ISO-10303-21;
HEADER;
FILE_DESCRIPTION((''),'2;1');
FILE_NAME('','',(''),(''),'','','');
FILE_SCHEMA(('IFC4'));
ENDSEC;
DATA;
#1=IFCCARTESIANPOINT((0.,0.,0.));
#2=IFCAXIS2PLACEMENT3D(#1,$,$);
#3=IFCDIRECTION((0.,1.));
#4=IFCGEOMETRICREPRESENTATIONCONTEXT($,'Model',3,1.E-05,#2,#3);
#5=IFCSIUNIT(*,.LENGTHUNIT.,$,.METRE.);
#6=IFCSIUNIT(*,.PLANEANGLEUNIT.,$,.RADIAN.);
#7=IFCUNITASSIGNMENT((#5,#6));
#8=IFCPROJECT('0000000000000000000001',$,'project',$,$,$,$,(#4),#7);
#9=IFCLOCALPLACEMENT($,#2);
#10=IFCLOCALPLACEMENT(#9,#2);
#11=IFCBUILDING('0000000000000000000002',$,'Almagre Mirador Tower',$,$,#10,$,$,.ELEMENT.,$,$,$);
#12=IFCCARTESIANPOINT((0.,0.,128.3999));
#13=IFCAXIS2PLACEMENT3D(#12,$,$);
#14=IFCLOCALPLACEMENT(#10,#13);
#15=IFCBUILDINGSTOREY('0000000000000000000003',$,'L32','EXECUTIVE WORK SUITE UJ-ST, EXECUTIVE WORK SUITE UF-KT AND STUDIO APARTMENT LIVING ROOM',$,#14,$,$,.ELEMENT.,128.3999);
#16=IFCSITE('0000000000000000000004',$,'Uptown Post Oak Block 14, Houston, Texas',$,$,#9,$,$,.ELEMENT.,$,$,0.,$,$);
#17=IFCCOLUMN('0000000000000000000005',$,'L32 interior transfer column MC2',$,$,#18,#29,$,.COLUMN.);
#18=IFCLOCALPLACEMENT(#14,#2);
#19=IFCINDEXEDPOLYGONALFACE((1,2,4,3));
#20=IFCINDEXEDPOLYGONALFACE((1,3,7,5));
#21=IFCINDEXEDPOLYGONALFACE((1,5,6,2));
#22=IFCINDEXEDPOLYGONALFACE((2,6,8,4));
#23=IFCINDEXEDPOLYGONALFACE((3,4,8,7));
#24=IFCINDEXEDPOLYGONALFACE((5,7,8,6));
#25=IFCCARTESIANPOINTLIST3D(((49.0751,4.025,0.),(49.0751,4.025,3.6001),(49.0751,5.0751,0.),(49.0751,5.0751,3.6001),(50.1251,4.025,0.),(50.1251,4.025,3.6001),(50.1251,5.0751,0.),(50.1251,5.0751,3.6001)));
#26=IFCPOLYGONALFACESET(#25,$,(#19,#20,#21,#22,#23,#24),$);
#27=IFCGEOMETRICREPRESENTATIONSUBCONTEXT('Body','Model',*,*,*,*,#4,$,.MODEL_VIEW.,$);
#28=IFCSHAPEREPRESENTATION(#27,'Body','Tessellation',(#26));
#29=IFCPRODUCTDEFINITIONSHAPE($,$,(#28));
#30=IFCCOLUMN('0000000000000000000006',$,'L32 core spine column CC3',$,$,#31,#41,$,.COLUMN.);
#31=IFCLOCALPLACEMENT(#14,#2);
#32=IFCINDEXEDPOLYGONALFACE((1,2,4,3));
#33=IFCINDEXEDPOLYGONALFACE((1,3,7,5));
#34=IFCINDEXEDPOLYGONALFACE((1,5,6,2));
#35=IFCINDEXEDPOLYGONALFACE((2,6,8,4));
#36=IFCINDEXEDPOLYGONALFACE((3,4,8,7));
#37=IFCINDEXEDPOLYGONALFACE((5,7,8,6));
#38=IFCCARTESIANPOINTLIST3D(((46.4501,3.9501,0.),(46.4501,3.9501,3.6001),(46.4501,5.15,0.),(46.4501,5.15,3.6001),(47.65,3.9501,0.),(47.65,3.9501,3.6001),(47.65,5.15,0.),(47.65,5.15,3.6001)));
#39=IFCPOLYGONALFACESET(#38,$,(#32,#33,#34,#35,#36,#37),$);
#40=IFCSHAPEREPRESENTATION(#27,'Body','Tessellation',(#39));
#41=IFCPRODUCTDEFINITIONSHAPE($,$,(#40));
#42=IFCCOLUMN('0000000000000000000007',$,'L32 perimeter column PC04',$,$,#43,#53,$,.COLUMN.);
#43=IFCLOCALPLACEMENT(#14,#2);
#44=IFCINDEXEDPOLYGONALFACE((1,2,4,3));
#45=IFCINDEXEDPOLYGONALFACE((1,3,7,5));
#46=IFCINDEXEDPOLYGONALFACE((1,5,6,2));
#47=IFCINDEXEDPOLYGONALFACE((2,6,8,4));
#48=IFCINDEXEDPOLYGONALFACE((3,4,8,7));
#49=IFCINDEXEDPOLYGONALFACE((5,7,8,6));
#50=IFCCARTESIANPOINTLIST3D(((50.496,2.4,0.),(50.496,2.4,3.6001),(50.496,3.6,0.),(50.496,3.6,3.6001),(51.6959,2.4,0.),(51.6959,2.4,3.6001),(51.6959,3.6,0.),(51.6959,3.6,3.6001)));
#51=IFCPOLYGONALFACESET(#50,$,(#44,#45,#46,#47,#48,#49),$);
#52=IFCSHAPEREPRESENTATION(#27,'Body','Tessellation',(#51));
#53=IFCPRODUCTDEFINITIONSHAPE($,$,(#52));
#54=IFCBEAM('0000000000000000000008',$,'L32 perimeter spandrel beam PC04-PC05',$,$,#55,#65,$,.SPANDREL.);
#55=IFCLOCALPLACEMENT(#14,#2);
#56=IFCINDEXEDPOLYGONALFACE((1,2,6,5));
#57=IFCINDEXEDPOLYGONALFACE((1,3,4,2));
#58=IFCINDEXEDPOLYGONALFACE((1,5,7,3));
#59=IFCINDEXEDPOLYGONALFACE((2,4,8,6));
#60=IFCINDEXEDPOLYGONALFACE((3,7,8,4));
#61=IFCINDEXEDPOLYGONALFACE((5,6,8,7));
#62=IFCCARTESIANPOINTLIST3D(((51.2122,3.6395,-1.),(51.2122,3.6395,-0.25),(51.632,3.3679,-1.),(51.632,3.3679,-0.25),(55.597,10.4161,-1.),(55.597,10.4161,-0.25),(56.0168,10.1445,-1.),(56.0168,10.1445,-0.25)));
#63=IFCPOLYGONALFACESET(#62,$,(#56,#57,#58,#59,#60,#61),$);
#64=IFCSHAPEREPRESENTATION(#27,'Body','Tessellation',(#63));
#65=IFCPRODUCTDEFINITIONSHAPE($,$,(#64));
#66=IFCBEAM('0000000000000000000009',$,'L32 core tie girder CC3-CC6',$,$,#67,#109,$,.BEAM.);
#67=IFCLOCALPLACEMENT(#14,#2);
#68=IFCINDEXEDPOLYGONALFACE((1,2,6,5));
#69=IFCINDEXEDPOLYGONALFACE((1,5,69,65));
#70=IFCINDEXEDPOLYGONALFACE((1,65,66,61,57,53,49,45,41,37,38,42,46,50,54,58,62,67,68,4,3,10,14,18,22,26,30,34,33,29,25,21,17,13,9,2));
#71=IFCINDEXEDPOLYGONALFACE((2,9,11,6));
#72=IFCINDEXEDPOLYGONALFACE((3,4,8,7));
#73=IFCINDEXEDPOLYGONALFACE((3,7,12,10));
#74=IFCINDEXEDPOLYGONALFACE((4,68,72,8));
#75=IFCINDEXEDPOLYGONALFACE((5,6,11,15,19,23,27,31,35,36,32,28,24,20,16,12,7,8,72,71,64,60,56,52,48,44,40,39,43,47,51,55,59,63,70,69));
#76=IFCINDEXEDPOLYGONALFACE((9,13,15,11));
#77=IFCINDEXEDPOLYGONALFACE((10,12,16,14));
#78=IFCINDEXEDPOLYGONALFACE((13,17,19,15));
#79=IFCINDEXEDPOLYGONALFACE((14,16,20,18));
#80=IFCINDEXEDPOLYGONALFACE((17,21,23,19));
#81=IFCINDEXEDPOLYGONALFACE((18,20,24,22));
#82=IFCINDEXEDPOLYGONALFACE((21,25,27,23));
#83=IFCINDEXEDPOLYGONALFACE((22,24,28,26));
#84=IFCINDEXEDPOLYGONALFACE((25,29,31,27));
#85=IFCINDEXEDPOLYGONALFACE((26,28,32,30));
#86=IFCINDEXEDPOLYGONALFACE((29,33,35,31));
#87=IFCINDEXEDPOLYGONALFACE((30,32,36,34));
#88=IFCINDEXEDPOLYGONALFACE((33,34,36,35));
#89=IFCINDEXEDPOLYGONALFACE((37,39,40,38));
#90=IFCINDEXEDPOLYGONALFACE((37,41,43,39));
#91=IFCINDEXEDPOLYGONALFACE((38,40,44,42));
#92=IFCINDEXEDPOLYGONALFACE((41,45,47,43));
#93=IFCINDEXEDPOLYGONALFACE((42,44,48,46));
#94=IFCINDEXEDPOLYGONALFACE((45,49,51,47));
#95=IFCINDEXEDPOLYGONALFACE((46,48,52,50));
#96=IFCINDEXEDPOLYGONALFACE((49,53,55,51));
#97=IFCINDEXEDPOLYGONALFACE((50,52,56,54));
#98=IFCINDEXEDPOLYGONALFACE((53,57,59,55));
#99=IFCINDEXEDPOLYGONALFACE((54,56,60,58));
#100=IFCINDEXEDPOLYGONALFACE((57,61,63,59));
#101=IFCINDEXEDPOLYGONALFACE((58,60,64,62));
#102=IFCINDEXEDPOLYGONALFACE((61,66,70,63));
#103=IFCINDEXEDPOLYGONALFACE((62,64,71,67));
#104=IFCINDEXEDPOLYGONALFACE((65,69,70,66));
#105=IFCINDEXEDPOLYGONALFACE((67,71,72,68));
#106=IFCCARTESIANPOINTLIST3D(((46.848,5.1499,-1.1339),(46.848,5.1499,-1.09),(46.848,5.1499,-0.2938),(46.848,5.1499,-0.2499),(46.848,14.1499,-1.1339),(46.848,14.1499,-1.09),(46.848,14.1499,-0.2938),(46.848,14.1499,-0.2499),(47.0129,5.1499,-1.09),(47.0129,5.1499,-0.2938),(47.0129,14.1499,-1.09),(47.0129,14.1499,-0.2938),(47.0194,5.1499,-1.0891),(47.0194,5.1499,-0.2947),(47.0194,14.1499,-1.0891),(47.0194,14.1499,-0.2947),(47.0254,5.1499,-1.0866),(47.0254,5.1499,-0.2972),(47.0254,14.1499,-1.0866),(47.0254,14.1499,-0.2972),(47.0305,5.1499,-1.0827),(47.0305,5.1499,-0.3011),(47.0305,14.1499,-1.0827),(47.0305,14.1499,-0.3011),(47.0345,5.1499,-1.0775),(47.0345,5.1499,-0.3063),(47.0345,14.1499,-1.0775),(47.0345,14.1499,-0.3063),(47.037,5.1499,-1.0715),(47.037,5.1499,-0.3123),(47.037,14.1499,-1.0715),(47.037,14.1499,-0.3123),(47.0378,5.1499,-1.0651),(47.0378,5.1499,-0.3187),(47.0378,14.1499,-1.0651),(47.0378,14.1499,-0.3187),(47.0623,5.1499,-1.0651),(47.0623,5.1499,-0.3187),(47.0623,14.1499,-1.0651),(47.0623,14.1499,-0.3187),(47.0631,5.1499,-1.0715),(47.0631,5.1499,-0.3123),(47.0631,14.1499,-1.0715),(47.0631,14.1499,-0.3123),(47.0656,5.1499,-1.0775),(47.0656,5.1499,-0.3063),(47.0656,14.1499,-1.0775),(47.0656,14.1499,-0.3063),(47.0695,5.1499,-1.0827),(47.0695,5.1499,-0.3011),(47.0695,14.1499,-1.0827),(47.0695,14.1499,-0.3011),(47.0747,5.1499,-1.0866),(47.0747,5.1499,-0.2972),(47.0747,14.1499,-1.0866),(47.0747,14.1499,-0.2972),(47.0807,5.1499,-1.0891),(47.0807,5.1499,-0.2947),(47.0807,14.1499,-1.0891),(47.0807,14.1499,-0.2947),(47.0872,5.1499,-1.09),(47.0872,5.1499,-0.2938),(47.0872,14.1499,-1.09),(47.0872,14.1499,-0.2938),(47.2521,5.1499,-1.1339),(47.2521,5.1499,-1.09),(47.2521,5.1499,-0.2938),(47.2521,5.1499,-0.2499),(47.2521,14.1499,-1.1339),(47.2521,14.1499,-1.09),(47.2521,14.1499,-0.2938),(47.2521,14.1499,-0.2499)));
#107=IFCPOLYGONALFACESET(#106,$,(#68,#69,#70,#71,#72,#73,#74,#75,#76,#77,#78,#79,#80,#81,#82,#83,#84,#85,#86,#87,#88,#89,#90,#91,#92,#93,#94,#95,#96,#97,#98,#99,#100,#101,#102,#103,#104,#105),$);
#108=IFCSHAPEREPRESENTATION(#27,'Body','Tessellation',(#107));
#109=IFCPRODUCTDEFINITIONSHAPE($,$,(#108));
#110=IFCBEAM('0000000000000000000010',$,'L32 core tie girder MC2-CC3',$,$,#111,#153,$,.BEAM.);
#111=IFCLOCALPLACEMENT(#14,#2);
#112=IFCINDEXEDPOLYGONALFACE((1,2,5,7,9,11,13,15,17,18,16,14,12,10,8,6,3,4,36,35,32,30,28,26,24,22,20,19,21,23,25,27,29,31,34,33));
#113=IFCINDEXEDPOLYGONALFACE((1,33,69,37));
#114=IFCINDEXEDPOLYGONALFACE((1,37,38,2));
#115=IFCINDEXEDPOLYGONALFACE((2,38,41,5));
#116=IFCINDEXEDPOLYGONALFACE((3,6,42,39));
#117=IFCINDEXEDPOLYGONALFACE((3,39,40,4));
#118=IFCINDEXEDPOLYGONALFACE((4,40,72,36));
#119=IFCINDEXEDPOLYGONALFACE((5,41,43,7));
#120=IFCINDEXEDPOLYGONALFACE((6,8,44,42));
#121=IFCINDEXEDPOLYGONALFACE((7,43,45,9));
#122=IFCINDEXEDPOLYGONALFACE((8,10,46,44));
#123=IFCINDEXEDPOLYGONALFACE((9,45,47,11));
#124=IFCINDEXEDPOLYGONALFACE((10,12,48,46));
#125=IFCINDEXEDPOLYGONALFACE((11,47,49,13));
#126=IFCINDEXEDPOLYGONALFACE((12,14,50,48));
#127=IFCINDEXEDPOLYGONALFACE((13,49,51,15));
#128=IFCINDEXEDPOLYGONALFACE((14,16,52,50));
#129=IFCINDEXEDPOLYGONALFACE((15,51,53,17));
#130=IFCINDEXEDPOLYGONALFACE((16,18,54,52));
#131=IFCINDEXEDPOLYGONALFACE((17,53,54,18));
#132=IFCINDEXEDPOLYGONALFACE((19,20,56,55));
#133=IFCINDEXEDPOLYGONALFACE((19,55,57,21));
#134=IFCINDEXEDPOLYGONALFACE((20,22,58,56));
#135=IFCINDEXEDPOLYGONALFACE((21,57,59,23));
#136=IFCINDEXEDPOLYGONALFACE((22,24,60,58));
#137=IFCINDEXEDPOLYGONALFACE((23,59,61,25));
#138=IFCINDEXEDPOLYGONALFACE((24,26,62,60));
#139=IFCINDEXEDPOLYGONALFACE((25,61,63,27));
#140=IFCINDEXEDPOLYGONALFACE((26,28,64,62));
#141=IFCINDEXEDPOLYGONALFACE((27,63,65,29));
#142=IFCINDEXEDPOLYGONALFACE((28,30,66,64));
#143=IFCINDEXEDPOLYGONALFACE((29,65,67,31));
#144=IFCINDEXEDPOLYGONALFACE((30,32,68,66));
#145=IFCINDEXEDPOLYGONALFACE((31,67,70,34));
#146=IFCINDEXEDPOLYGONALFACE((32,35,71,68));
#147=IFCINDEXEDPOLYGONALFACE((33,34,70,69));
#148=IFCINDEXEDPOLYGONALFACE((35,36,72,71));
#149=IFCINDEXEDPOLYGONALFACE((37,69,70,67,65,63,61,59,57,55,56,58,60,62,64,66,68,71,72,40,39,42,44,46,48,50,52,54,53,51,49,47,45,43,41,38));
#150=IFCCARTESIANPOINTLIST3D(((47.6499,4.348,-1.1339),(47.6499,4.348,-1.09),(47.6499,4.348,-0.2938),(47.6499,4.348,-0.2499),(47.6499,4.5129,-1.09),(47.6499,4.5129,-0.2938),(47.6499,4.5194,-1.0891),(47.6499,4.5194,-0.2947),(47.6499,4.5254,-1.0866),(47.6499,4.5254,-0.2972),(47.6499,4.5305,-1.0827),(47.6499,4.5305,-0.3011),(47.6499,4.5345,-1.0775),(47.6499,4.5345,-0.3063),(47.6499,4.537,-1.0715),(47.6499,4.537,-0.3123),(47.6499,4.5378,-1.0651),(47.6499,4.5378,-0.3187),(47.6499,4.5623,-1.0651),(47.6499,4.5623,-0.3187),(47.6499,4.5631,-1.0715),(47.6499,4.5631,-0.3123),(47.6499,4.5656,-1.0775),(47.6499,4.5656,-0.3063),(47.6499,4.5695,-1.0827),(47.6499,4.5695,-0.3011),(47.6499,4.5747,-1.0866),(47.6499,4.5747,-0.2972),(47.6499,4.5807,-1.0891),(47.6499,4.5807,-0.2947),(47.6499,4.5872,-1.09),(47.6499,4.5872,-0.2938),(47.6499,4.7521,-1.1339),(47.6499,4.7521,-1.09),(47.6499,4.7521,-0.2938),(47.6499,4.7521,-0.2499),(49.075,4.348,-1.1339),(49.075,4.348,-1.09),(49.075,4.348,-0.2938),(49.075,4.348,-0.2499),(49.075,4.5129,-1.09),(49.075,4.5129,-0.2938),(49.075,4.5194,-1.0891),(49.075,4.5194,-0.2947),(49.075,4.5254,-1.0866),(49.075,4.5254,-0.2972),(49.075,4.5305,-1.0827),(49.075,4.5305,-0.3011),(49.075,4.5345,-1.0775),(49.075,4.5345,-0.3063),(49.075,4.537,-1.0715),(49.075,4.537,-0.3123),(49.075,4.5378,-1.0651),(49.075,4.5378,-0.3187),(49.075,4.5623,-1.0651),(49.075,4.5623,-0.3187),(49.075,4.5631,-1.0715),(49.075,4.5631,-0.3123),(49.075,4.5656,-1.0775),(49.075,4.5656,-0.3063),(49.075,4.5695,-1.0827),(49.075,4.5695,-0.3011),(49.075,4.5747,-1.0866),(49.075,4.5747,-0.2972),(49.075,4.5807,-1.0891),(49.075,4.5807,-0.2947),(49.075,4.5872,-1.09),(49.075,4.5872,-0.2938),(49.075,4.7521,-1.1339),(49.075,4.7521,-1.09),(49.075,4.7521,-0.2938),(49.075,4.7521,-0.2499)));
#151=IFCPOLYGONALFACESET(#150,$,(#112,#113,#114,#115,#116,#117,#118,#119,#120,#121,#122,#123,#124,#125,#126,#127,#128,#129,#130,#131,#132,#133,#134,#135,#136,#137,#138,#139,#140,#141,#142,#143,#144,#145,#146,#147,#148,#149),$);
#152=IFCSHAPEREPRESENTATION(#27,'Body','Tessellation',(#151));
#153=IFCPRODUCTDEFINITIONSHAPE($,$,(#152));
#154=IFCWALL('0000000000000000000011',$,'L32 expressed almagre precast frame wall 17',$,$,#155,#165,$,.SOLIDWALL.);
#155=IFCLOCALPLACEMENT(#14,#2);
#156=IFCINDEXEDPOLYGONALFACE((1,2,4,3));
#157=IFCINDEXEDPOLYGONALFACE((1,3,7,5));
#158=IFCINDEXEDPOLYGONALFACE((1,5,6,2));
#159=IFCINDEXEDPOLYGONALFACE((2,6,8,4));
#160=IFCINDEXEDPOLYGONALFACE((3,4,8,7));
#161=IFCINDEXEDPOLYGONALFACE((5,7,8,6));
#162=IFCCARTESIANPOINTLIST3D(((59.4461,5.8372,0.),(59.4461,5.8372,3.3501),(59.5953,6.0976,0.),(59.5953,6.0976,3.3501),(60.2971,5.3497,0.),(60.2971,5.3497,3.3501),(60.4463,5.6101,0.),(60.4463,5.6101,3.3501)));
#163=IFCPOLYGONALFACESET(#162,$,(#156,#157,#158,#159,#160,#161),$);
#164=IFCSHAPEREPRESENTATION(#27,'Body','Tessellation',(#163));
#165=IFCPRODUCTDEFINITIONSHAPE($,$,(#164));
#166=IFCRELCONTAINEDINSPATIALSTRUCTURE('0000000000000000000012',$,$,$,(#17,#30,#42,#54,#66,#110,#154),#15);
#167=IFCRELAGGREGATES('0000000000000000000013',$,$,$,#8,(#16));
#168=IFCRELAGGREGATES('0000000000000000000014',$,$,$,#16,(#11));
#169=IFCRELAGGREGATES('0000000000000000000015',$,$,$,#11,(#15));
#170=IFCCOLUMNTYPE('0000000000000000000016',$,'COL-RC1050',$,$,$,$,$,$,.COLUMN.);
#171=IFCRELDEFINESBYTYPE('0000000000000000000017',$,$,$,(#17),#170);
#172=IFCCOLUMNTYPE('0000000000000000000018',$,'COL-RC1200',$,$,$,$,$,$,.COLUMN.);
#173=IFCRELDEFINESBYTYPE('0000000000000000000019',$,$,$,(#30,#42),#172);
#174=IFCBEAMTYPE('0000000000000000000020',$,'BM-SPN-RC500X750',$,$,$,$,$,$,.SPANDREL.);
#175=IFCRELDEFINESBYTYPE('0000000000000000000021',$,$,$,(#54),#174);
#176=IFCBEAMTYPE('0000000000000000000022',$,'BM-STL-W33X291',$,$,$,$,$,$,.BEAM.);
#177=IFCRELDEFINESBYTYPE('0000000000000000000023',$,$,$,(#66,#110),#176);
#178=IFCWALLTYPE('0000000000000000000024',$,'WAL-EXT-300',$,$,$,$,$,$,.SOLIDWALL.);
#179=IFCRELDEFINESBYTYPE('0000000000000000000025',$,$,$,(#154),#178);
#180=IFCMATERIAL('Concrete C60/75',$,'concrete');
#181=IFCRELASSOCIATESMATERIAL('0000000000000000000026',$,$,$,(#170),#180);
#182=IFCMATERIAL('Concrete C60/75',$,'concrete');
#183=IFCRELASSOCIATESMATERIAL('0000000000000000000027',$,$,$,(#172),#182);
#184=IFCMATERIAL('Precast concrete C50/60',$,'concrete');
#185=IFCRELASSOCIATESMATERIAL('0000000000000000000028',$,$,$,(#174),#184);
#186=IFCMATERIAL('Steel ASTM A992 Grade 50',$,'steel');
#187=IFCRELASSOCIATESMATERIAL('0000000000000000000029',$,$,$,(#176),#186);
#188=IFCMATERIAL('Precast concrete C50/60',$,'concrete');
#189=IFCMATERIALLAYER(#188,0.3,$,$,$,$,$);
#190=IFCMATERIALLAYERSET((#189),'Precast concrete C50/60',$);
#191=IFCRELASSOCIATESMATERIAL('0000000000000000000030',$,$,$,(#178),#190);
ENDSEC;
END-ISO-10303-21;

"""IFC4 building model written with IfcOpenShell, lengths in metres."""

from ifc_helpers import new_model, si_unit, direction, frame, frame_2d, origin, origin_2d, place, context, subcontext, project, spatial, rectangle, i_section, extrude, material, layer, layer_set, material_profile, profile_set, type_object, element, save


model = new_model("IFC4")

# Units and contexts
model_context = context("Model", 3, precision=1e-05, world=origin(), true_north=direction((0.0, 1.0)))
body_context = subcontext(model_context, "Body", "Model", "MODEL_VIEW")
ifc_project = project(units=[si_unit("LENGTHUNIT", "METRE"), si_unit("PLANEANGLEUNIT", "RADIAN")], contexts=[model_context])

# Site, building, storey
site_placement = place(None, origin())
site = spatial("IfcSite", under=ifc_project, at=site_placement, Name="Uptown Post Oak Block 14, Houston, Texas", CompositionType="ELEMENT", RefElevation=0.0)
building_placement = place(site_placement, origin())
building = spatial("IfcBuilding", under=site, at=building_placement, Name="Almagre Mirador Tower", CompositionType="ELEMENT")
storey_placement = place(building_placement, frame((0.0, 0.0, 128.3999)))
storey = spatial("IfcBuildingStorey", under=building, at=storey_placement, Name="L32", Description="EXECUTIVE WORK SUITE UJ-ST, EXECUTIVE WORK SUITE UF-KT AND STUDIO APARTMENT LIVING ROOM", CompositionType="ELEMENT", Elevation=128.3999)

# Columns
ifc_material_1 = material(Name="Concrete C60/75", Category="concrete")
ifc_material_profile_1 = material_profile(ifc_material_1, rectangle(XDim=1.05, YDim=1.05, at=origin_2d()), Name="RC1050X1050")
ifc_profile_set_1 = profile_set([ifc_material_profile_1], Name="Concrete C60/75")
column_type_1 = type_object("IfcColumnType", Name="COL-RC1050", PredefinedType="COLUMN", material=ifc_profile_set_1)
column_placement = place(storey_placement, frame((49.6001, 4.55, 0.0), z_axis=(0.0, 0.0, 1.0), x_axis=(1.0, 0.0, 0.0)))
element("IfcColumn", 1, at=column_placement, inside=storey, type_object=column_type_1, Name="L32 interior transfer column MC2", PredefinedType="COLUMN", context=body_context, shape_type="SweptSolid", body=[
    extrude(rectangle(XDim=1.05, YDim=1.05, at=origin_2d()), origin(), (0.0, 0.0, 1.0), 3.6001),
])
ifc_material_2 = material(Name="Concrete C60/75", Category="concrete")
ifc_material_profile_2 = material_profile(ifc_material_2, rectangle(XDim=1.2, YDim=1.2, at=origin_2d()), Name="RC1200X1200")
ifc_profile_set_2 = profile_set([ifc_material_profile_2], Name="Concrete C60/75")
column_type_2 = type_object("IfcColumnType", Name="COL-RC1200", PredefinedType="COLUMN", material=ifc_profile_set_2)
for number, where, z_axis, x_axis, name in (
    (2, (47.05, 4.55, 0.0), (0.0, 0.0, 1.0), (1.0, 0.0, 0.0), "L32 core spine column CC3"),
    (3, (51.0959, 3.0, 0.0), (0.0, 0.0, 1.0), (1.0, 0.0, 0.0), "L32 perimeter column PC04"),
):
    element("IfcColumn", number, at=place(storey_placement, frame(where, z_axis=z_axis, x_axis=x_axis)), inside=storey, type_object=column_type_2, Name=name, PredefinedType="COLUMN", context=body_context, shape_type="SweptSolid", body=[
        extrude(rectangle(XDim=1.2, YDim=1.2, at=origin_2d()), origin(), (0.0, 0.0, 1.0), 3.6001),
    ])

# Beams
ifc_material_3 = material(Name="Precast concrete C50/60", Category="concrete")
ifc_material_profile_3 = material_profile(ifc_material_3, rectangle(XDim=0.5, YDim=0.75, at=origin_2d()), Name="RC500X750")
ifc_profile_set_3 = profile_set([ifc_material_profile_3], Name="Precast concrete C50/60")
beam_type_1 = type_object("IfcBeamType", Name="BM-SPN-RC500X750", PredefinedType="SPANDREL", material=ifc_profile_set_3)
beam_1_placement = place(storey_placement, frame((51.4221, 3.5037, -0.625), z_axis=(0.543242, 0.839576, 0.0), x_axis=(-0.839576, 0.543242, 0.0)))
element("IfcBeam", 4, at=beam_1_placement, inside=storey, type_object=beam_type_1, Name="L32 perimeter spandrel beam PC04-PC05", PredefinedType="SPANDREL", context=body_context, shape_type="SweptSolid", body=[
    extrude(rectangle(XDim=0.5, YDim=0.75, at=origin_2d()), origin(), (0.0, 0.0, 1.0), 8.0715),
])
ifc_material_4 = material(Name="Steel ASTM A992 Grade 50", Category="steel")
ifc_material_profile_4 = material_profile(ifc_material_4, i_section(OverallWidth=0.4041, OverallDepth=0.884, WebThickness=0.0244, FlangeThickness=0.0439, FilletRadius=0.0249, at=origin_2d()), Name="W33X291")
ifc_profile_set_4 = profile_set([ifc_material_profile_4], Name="Steel ASTM A992 Grade 50")
beam_type_2 = type_object("IfcBeamType", Name="BM-STL-W33X291", PredefinedType="BEAM", material=ifc_profile_set_4)
beam_2_placement = place(storey_placement, frame((47.05, 5.1499, -0.6919), z_axis=(0.0, 1.0, 0.0), x_axis=(-1.0, 0.0, 0.0)))
element("IfcBeam", 5, at=beam_2_placement, inside=storey, type_object=beam_type_2, Name="L32 core tie girder CC3-CC6", PredefinedType="BEAM", context=body_context, shape_type="SweptSolid", body=[
    extrude(i_section(OverallWidth=0.4041, OverallDepth=0.884, WebThickness=0.0244, FlangeThickness=0.0439, FilletRadius=0.0249, at=origin_2d()), origin(), (0.0, 0.0, 1.0), 9.0),
])
beam_3_placement = place(storey_placement, frame((49.075, 4.55, -0.6919), z_axis=(-1.0, 0.0, 0.0), x_axis=(0.0, -1.0, 0.0)))
element("IfcBeam", 6, at=beam_3_placement, inside=storey, type_object=beam_type_2, Name="L32 core tie girder MC2-CC3", PredefinedType="BEAM", context=body_context, shape_type="SweptSolid", body=[
    extrude(i_section(OverallWidth=0.4041, OverallDepth=0.884, WebThickness=0.0244, FlangeThickness=0.0439, FilletRadius=0.0249, at=origin_2d()), origin(), (0.0, 0.0, 1.0), 1.425),
])

# Wall
ifc_material_5 = material(Name="Precast concrete C50/60", Category="concrete")
ifc_layer_1 = layer(ifc_material_5, 0.3)
ifc_layer_set_1 = layer_set([ifc_layer_1], Name="Precast concrete C50/60")
wall_type_1 = type_object("IfcWallType", Name="WAL-EXT-300", PredefinedType="SOLIDWALL", material=ifc_layer_set_1)
wall_1_placement = place(storey_placement, frame((60.3716, 5.48, 0.0), z_axis=(0.0, 0.0, 1.0), x_axis=(-0.867707, 0.497077, 0.0)))
element("IfcWall", 7, at=wall_1_placement, inside=storey, type_object=wall_type_1, Name="L32 expressed almagre precast frame wall 17", PredefinedType="SOLIDWALL", context=body_context, shape_type="SweptSolid", body=[
    extrude(rectangle(XDim=0.9807, YDim=0.3, at=frame_2d((0.4902, 0.0))), origin(), (0.0, 0.0, 1.0), 3.3501),
])

save(model, "model.ifc")
